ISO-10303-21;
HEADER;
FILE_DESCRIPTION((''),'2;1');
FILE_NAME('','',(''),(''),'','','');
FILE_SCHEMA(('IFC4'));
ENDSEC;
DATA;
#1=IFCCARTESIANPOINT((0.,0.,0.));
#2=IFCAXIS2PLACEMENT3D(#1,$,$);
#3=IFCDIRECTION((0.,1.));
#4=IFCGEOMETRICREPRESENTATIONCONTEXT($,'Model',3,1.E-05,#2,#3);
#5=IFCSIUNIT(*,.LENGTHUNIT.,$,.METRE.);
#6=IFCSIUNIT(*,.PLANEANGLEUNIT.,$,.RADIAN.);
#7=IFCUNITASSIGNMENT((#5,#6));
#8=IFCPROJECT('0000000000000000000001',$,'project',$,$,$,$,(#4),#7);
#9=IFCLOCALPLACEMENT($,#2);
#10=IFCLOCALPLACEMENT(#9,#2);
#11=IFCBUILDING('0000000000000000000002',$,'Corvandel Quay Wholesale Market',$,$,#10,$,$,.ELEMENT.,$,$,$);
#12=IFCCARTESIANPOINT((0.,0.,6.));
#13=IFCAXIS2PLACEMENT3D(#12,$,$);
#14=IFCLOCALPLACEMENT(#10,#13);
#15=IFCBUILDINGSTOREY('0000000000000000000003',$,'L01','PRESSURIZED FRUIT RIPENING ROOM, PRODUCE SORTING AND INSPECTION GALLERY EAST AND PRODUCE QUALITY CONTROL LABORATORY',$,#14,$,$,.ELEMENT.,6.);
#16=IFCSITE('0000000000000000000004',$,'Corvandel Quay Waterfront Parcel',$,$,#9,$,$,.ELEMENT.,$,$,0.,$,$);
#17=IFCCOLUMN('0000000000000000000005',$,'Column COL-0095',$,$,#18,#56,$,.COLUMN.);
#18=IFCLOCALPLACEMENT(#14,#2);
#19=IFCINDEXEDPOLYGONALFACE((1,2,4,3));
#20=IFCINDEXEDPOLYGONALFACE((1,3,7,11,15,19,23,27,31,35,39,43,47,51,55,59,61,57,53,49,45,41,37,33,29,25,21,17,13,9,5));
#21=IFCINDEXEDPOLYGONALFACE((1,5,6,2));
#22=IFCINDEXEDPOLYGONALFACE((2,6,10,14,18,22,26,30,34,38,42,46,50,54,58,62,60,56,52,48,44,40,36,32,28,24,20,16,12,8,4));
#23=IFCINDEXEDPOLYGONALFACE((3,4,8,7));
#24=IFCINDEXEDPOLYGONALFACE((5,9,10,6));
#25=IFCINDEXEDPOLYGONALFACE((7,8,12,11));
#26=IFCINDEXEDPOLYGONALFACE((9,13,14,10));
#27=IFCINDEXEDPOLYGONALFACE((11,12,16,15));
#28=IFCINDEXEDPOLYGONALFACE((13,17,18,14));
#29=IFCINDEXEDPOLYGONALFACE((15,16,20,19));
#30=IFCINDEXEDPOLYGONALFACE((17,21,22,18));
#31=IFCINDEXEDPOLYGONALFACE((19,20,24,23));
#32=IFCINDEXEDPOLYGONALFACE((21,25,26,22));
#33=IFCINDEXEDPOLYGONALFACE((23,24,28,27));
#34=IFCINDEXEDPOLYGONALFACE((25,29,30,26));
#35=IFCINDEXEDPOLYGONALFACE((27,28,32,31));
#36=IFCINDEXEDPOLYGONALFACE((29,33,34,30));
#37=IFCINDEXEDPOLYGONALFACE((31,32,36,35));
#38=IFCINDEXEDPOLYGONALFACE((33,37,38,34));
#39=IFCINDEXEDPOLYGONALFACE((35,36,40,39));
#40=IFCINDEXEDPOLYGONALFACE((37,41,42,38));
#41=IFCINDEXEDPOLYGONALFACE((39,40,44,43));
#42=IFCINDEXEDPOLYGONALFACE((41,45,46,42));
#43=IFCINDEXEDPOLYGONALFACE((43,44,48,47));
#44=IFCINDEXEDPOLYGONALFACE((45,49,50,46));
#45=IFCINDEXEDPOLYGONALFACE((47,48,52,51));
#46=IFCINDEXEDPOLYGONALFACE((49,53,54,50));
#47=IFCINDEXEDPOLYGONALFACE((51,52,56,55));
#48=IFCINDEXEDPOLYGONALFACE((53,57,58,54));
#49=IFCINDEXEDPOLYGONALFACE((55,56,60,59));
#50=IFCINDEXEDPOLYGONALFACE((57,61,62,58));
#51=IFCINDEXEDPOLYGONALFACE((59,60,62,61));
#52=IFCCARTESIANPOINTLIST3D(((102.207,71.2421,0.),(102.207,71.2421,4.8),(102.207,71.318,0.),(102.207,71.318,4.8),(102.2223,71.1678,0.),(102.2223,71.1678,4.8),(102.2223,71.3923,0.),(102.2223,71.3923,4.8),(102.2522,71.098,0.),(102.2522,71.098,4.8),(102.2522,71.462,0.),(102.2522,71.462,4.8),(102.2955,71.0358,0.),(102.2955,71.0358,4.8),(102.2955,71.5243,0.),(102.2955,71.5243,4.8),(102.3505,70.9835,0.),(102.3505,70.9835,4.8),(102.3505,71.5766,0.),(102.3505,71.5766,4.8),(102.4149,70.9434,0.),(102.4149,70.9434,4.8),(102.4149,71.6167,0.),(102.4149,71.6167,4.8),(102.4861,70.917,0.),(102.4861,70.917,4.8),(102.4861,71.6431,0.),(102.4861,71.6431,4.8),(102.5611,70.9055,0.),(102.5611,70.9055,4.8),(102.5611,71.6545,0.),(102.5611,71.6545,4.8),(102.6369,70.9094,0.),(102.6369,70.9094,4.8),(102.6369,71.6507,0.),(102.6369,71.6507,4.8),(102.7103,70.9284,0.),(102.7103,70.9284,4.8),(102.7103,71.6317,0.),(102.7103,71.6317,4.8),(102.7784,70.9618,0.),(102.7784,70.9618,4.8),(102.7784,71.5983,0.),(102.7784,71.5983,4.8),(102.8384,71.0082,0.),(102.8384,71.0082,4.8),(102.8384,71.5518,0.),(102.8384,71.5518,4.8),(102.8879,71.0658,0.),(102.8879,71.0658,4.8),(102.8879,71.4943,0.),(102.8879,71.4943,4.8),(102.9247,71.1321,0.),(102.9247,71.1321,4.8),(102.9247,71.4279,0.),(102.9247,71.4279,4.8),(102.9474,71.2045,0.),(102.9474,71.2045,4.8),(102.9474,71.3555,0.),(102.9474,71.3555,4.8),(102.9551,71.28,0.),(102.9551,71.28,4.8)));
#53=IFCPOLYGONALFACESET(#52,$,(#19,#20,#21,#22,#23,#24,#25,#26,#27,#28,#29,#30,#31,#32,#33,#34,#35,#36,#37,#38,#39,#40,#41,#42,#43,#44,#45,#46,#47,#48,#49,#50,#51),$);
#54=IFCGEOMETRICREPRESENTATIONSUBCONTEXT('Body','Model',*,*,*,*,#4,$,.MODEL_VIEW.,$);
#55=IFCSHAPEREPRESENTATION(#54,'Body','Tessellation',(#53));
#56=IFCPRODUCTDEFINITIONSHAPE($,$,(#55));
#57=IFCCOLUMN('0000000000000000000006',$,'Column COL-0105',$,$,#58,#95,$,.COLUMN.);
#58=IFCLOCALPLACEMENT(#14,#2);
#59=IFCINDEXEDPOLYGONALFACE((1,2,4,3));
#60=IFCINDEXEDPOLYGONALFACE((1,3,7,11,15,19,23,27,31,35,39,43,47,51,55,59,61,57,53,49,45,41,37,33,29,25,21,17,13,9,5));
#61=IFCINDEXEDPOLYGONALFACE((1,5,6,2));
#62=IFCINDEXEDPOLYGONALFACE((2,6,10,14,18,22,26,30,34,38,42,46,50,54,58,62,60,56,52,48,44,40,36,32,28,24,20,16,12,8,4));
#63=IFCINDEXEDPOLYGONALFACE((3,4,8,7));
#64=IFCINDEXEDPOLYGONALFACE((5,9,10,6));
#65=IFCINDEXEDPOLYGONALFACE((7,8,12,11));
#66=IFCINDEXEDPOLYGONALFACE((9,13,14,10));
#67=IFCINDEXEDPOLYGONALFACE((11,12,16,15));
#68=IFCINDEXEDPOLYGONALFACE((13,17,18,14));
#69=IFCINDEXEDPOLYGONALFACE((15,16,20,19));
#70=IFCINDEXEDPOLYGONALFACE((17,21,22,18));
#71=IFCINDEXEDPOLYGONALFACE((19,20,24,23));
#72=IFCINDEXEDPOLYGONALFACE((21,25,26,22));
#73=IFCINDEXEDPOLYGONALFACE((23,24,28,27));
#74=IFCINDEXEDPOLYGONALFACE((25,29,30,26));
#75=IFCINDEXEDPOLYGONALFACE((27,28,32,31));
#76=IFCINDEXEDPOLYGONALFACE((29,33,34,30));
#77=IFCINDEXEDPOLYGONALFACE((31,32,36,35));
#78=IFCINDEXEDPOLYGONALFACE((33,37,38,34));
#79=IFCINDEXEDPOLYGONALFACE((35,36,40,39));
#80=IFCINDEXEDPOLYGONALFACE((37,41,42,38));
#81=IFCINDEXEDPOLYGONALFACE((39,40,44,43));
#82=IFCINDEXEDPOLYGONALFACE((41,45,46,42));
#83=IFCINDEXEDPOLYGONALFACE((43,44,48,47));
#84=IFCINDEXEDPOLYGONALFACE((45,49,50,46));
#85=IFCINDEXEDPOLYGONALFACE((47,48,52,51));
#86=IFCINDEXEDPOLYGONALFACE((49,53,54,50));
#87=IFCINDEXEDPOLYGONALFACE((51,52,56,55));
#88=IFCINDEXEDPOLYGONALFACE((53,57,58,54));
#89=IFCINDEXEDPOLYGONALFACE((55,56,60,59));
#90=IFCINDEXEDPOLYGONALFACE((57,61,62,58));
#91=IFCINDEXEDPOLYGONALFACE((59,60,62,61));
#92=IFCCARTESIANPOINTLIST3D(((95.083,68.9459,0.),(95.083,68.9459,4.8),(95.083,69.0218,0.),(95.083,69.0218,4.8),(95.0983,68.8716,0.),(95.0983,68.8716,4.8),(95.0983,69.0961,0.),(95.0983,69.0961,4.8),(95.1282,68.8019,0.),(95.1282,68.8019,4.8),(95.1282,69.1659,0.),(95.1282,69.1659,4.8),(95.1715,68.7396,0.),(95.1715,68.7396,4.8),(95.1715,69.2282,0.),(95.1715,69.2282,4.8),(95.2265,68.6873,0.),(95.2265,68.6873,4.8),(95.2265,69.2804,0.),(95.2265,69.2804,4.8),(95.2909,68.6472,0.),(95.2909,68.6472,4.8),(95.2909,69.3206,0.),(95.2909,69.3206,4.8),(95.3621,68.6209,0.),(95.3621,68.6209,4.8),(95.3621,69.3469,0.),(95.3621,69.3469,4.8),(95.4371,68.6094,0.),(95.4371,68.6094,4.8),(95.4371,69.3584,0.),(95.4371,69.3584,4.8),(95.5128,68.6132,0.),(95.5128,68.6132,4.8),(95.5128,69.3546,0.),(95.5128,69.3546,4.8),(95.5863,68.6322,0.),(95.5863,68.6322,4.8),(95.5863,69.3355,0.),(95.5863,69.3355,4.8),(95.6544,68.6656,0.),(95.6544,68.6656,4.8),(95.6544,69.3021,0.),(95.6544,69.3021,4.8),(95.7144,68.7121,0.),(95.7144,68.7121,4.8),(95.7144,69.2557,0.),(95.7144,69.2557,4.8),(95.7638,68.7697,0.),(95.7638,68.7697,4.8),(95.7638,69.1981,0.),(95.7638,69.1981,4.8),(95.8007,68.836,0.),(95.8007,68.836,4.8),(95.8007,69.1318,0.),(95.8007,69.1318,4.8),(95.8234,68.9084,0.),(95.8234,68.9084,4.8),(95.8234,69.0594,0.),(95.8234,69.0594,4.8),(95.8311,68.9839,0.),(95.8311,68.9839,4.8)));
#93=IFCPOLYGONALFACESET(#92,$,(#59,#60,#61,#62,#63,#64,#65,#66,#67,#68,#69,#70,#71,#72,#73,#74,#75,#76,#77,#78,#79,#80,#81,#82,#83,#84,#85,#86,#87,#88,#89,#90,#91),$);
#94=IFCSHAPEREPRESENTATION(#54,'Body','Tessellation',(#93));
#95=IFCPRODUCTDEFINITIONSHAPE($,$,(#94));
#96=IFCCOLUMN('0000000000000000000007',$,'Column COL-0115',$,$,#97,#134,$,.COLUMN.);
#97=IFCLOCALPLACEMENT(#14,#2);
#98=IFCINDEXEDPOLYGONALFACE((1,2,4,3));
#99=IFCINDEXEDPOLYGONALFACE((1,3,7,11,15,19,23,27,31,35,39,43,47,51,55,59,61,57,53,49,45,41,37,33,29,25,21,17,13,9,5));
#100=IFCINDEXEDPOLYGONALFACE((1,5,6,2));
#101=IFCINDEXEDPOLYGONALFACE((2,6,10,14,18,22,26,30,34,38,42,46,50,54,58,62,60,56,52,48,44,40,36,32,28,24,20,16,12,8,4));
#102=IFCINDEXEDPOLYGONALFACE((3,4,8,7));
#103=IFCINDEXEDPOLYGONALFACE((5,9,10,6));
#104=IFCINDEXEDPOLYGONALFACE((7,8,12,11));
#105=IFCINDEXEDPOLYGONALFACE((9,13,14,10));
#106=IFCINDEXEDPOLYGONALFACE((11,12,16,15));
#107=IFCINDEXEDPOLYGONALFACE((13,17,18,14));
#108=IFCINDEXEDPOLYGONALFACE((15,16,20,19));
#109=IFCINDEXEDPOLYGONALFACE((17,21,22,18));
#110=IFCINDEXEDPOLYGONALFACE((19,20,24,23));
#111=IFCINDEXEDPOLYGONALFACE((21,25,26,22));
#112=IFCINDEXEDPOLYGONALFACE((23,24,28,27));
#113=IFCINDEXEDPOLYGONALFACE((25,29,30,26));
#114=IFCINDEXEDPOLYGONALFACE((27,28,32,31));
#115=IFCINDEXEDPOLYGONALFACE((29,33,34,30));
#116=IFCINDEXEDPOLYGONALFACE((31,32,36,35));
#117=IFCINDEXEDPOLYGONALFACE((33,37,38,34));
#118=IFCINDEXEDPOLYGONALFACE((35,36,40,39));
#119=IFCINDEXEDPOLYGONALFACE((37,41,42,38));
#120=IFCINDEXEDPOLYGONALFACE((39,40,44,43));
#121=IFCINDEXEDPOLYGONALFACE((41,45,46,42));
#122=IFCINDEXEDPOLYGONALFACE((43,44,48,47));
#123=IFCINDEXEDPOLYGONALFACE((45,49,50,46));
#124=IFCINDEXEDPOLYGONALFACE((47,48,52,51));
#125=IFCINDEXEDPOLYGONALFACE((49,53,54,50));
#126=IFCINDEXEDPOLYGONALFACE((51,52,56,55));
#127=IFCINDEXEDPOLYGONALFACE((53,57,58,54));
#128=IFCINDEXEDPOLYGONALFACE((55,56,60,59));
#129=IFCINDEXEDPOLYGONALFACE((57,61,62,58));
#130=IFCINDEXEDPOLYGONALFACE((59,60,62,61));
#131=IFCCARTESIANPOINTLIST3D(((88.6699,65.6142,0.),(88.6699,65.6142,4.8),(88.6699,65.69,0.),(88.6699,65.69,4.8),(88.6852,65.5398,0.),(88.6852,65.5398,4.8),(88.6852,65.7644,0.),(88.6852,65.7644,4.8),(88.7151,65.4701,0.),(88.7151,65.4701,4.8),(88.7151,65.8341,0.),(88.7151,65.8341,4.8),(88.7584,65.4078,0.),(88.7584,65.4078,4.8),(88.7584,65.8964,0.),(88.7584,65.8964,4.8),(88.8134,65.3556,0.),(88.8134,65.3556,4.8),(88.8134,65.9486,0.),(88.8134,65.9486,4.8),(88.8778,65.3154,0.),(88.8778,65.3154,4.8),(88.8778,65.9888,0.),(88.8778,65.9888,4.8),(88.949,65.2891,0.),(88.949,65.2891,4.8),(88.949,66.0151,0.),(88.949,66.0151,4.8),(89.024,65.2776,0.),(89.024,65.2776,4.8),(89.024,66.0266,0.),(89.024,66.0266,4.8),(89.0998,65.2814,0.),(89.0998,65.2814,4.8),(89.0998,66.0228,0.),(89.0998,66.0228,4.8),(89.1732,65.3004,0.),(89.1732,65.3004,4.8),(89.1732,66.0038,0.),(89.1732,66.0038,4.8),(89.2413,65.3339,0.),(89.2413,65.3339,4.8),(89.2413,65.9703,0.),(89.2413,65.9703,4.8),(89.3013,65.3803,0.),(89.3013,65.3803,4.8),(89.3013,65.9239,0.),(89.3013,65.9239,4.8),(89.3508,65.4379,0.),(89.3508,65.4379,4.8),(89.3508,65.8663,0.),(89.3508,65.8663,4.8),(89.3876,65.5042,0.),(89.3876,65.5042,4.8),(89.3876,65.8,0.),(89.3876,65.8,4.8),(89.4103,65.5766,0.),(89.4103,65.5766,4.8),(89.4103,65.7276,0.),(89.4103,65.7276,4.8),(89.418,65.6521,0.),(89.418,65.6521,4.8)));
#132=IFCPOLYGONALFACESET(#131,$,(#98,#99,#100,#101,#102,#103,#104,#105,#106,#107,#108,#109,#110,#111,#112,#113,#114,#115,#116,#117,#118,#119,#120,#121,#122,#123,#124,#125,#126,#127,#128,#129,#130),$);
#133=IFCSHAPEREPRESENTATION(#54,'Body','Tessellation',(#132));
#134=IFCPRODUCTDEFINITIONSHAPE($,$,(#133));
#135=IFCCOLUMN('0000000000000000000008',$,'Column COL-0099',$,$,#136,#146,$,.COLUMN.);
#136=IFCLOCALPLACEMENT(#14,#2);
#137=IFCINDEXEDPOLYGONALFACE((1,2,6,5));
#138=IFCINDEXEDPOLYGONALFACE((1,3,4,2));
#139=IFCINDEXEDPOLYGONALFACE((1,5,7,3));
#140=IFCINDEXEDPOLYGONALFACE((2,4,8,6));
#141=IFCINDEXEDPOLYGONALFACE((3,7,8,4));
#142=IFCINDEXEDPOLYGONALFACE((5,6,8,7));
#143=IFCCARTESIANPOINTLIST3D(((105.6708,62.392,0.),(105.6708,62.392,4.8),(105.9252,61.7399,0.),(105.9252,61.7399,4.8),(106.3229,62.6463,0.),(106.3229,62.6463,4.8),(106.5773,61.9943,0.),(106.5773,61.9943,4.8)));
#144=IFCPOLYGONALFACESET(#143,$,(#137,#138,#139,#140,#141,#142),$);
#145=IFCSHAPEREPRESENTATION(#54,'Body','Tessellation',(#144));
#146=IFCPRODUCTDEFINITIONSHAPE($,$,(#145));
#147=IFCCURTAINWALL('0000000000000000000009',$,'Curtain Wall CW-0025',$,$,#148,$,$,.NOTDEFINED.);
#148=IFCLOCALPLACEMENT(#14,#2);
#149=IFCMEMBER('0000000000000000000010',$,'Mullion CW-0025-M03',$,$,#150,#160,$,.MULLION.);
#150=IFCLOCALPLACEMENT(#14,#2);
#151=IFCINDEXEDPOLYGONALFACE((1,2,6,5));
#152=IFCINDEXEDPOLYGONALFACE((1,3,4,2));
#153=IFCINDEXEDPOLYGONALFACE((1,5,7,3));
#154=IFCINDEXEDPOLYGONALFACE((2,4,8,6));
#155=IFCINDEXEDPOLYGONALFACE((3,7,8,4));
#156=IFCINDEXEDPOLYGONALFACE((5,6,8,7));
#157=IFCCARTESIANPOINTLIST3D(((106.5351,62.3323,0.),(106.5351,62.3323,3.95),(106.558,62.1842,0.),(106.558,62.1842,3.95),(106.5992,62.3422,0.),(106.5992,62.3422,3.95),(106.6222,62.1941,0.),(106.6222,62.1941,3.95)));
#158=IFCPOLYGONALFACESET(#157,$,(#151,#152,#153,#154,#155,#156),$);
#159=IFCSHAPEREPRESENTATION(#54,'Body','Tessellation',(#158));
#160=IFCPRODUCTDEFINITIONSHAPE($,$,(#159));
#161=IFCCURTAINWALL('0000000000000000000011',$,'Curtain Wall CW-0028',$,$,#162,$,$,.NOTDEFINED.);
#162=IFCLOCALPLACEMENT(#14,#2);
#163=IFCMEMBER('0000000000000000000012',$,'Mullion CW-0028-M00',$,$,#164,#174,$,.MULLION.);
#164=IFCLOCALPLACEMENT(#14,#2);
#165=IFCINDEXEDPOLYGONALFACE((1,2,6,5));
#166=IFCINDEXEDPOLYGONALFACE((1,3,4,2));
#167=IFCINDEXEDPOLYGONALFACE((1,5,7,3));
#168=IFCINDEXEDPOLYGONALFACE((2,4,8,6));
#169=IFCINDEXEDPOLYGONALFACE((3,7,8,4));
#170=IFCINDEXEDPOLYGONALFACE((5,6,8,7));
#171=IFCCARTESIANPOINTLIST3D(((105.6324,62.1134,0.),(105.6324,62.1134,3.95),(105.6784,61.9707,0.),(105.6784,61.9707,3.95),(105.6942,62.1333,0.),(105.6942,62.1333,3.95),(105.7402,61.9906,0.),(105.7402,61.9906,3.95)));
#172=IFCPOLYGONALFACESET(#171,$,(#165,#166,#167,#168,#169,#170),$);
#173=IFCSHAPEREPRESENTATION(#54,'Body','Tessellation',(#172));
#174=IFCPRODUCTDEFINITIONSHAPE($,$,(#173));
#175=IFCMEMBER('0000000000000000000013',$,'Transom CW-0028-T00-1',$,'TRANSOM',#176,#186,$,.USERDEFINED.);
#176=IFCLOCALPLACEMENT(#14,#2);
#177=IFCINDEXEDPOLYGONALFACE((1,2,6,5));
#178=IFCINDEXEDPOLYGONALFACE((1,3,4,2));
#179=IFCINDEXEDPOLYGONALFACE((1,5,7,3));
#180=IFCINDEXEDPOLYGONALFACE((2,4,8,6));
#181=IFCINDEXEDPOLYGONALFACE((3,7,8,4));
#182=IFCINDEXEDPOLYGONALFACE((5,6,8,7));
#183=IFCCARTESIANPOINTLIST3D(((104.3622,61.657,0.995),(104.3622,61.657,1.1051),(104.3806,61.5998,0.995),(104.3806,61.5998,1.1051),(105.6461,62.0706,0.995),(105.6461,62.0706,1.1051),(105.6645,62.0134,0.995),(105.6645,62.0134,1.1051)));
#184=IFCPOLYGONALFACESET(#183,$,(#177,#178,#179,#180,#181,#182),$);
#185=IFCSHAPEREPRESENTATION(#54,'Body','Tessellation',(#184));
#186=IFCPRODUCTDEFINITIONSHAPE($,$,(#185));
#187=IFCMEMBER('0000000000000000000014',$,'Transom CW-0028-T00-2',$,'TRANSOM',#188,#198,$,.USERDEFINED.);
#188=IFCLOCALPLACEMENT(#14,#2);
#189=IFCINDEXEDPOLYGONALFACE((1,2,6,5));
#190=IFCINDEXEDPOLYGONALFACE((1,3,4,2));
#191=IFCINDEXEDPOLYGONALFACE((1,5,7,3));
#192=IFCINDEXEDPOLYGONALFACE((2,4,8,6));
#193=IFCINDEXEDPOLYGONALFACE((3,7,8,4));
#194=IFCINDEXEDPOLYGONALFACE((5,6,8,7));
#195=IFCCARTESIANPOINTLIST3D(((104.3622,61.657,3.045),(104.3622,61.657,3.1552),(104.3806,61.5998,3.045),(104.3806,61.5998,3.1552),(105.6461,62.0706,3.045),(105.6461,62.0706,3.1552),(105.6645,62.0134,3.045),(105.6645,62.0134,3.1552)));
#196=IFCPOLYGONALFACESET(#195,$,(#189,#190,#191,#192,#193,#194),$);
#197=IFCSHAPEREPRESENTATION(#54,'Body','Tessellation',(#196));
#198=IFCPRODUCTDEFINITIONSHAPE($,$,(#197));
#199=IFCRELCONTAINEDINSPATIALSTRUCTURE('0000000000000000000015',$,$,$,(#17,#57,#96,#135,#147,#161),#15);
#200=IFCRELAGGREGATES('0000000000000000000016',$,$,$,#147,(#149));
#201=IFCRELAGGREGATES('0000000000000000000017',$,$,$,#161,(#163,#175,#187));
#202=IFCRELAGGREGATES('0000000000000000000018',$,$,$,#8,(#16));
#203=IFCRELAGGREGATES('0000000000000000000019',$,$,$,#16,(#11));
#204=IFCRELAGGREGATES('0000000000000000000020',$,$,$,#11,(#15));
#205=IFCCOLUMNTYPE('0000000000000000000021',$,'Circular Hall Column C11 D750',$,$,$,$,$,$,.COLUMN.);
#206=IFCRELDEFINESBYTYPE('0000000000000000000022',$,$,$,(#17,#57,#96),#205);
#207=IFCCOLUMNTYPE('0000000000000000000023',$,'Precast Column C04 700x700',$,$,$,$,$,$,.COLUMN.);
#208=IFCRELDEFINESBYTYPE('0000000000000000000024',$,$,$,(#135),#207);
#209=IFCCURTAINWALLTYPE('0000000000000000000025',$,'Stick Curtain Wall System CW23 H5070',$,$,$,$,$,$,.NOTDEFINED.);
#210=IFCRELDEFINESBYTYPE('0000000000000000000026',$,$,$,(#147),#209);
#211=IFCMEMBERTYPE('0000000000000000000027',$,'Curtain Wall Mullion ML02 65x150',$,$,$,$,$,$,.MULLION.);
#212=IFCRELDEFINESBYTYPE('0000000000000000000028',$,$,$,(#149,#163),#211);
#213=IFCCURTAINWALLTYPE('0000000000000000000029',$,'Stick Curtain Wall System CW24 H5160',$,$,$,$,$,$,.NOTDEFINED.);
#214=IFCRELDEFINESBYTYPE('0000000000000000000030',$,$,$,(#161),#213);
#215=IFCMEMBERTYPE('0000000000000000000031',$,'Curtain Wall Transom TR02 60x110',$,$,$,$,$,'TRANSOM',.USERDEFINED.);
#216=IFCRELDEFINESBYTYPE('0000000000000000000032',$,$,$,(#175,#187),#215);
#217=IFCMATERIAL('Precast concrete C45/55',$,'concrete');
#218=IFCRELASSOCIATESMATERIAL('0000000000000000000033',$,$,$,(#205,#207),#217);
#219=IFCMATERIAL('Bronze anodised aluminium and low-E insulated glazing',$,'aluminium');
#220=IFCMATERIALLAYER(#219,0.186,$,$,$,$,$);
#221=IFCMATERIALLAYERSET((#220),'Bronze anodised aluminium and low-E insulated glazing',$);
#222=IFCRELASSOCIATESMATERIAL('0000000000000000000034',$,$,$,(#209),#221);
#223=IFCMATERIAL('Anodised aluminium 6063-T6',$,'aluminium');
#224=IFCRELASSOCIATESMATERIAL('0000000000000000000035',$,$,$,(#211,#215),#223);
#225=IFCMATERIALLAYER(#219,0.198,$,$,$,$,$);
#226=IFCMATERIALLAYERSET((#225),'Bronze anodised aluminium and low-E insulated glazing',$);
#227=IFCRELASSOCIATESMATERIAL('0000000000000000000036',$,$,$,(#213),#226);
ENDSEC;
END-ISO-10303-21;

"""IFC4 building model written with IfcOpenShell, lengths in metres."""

from ifc_helpers import new_model, si_unit, direction, frame, origin, origin_2d, place, context, subcontext, project, spatial, rectangle, circle, extrude, material, layer, layer_set, material_profile, profile_set, type_object, element, aggregate, save


model = new_model("IFC4")

# Units and contexts
model_context = context("Model", 3, precision=1e-05, world=origin(), true_north=direction((0.0, 1.0)))
body_context = subcontext(model_context, "Body", "Model", "MODEL_VIEW")
ifc_project = project(units=[si_unit("LENGTHUNIT", "METRE"), si_unit("PLANEANGLEUNIT", "RADIAN")], contexts=[model_context])

# Site, building, storey
site_placement = place(None, origin())
site = spatial("IfcSite", under=ifc_project, at=site_placement, Name="Corvandel Quay Waterfront Parcel", CompositionType="ELEMENT", RefElevation=0.0)
building_placement = place(site_placement, origin())
building = spatial("IfcBuilding", under=site, at=building_placement, Name="Corvandel Quay Wholesale Market", CompositionType="ELEMENT")
storey_placement = place(building_placement, frame((0.0, 0.0, 6.0)))
storey = spatial("IfcBuildingStorey", under=building, at=storey_placement, Name="L01", Description="PRESSURIZED FRUIT RIPENING ROOM, PRODUCE SORTING AND INSPECTION GALLERY EAST AND PRODUCE QUALITY CONTROL LABORATORY", CompositionType="ELEMENT", Elevation=6.0)

# Columns
ifc_material_1 = material(Name="Precast concrete C45/55", Category="concrete")
ifc_material_profile_1 = material_profile(ifc_material_1, circle(Radius=0.375, at=origin_2d()), Name="PC-COL-D750")
ifc_profile_set_1 = profile_set([ifc_material_profile_1], Name="Precast concrete C45/55")
column_type_1 = type_object("IfcColumnType", Name="Circular Hall Column C11 D750", PredefinedType="COLUMN", material=ifc_profile_set_1)
for number, where, z_axis, x_axis, name in (
    (1, (102.5801, 71.28, 0.0), (0.0, 0.0, 1.0), (1.0, 0.0, 0.0), "Column COL-0095"),
    (2, (95.4561, 68.9839, 0.0), (0.0, 0.0, 1.0), (1.0, 0.0, 0.0), "Column COL-0105"),
    (3, (89.043, 65.6521, 0.0), (0.0, 0.0, 1.0), (1.0, 0.0, 0.0), "Column COL-0115"),
):
    element("IfcColumn", number, at=place(storey_placement, frame(where, z_axis=z_axis, x_axis=x_axis)), inside=storey, type_object=column_type_1, Name=name, PredefinedType="COLUMN", context=body_context, shape_type="SweptSolid", body=[
        extrude(circle(Radius=0.375, at=origin_2d()), origin(), (0.0, 0.0, 1.0), 4.8),
    ])
ifc_material_profile_2 = material_profile(ifc_material_1, rectangle(XDim=0.7, YDim=0.7, at=origin_2d()), Name="PC-COL-700x700")
ifc_profile_set_2 = profile_set([ifc_material_profile_2], Name="Precast concrete C45/55")
column_type_2 = type_object("IfcColumnType", Name="Precast Column C04 700x700", PredefinedType="COLUMN", material=ifc_profile_set_2)
column_placement = place(storey_placement, frame((106.124, 62.1931, 0.0), z_axis=(0.0, 0.0, 1.0), x_axis=(0.931628, 0.363414, 0.0)))
element("IfcColumn", 4, at=column_placement, inside=storey, type_object=column_type_2, Name="Column COL-0099", PredefinedType="COLUMN", context=body_context, shape_type="SweptSolid", body=[
    extrude(rectangle(XDim=0.7, YDim=0.7, at=origin_2d()), origin(), (0.0, 0.0, 1.0), 4.8),
])

# Curtain wall, member
ifc_material_2 = material(Name="Bronze anodised aluminium and low-E insulated glazing", Category="aluminium")
ifc_layer_1 = layer(ifc_material_2, 0.186)
ifc_layer_set_1 = layer_set([ifc_layer_1], Name="Bronze anodised aluminium and low-E insulated glazing")
curtain_wall_type_1 = type_object("IfcCurtainWallType", Name="Stick Curtain Wall System CW23 H5070", PredefinedType="NOTDEFINED", material=ifc_layer_set_1)
curtain_wall_1_placement = place(storey_placement, origin())
curtain_wall_1 = element("IfcCurtainWall", 5, at=curtain_wall_1_placement, inside=storey, type_object=curtain_wall_type_1, Name="Curtain Wall CW-0025", PredefinedType="NOTDEFINED")
ifc_material_3 = material(Name="Anodised aluminium 6063-T6", Category="aluminium")
ifc_material_profile_3 = material_profile(ifc_material_3, rectangle(XDim=0.0649, YDim=0.1499, at=origin_2d()), Name="ALU-MUL-65x150")
ifc_profile_set_3 = profile_set([ifc_material_profile_3], Name="Anodised aluminium 6063-T6")
member_type_1 = type_object("IfcMemberType", Name="Curtain Wall Mullion ML02 65x150", PredefinedType="MULLION", material=ifc_profile_set_3)
member_1_placement = place(storey_placement, frame((106.5786, 62.2632, 0.0), z_axis=(0.0, 0.0, 1.0), x_axis=(0.988255, 0.152813, 0.0)))
member_1 = element("IfcMember", 6, at=member_1_placement, type_object=member_type_1, Name="Mullion CW-0025-M03", PredefinedType="MULLION", context=body_context, shape_type="SweptSolid", body=[
    extrude(rectangle(XDim=0.0649, YDim=0.1499, at=origin_2d()), origin(), (0.0, 0.0, 1.0), 3.95),
])
aggregate(curtain_wall_1, [member_1])

# Curtain wall, members
ifc_layer_2 = layer(ifc_material_2, 0.198)
ifc_layer_set_2 = layer_set([ifc_layer_2], Name="Bronze anodised aluminium and low-E insulated glazing")
curtain_wall_type_2 = type_object("IfcCurtainWallType", Name="Stick Curtain Wall System CW24 H5160", PredefinedType="NOTDEFINED", material=ifc_layer_set_2)
curtain_wall_2_placement = place(storey_placement, origin())
curtain_wall_2 = element("IfcCurtainWall", 7, at=curtain_wall_2_placement, inside=storey, type_object=curtain_wall_type_2, Name="Curtain Wall CW-0028", PredefinedType="NOTDEFINED")
member_2_placement = place(storey_placement, frame((105.6863, 62.052, 0.0), z_axis=(0.0, 0.0, 1.0), x_axis=(0.951809, 0.306692, 0.0)))
member_2 = element("IfcMember", 8, at=member_2_placement, type_object=member_type_1, Name="Mullion CW-0028-M00", PredefinedType="MULLION", context=body_context, shape_type="SweptSolid", body=[
    extrude(rectangle(XDim=0.0649, YDim=0.1499, at=origin_2d()), origin(), (0.0, 0.0, 1.0), 3.95),
])
ifc_material_profile_4 = material_profile(ifc_material_3, rectangle(XDim=0.0601, YDim=0.1101, at=origin_2d()), Name="ALU-TRN-60x110")
ifc_profile_set_4 = profile_set([ifc_material_profile_4], Name="Anodised aluminium 6063-T6")
member_type_2 = type_object("IfcMemberType", Name="Curtain Wall Transom TR02 60x110", ElementType="TRANSOM", PredefinedType="USERDEFINED", material=ifc_profile_set_4)
member_3_placement = place(storey_placement, frame((105.6553, 62.042, 1.05), z_axis=(-0.951838, -0.306601, 0.0), x_axis=(0.306601, -0.951838, 0.0)))
member_3 = element("IfcMember", 9, at=member_3_placement, type_object=member_type_2, Name="Transom CW-0028-T00-1", ObjectType="TRANSOM", PredefinedType="USERDEFINED", context=body_context, shape_type="SweptSolid", body=[
    extrude(rectangle(XDim=0.0601, YDim=0.1101, at=origin_2d()), origin(), (0.0, 0.0, 1.0), 1.3489),
])
member_4_placement = place(storey_placement, frame((105.6553, 62.042, 3.1001), z_axis=(-0.951838, -0.306601, 0.0), x_axis=(0.306601, -0.951838, 0.0)))
member_4 = element("IfcMember", 10, at=member_4_placement, type_object=member_type_2, Name="Transom CW-0028-T00-2", ObjectType="TRANSOM", PredefinedType="USERDEFINED", context=body_context, shape_type="SweptSolid", body=[
    extrude(rectangle(XDim=0.0601, YDim=0.1101, at=origin_2d()), origin(), (0.0, 0.0, 1.0), 1.3489),
])
aggregate(curtain_wall_2, [member_2, member_3, member_4])

save(model, "model.ifc")
